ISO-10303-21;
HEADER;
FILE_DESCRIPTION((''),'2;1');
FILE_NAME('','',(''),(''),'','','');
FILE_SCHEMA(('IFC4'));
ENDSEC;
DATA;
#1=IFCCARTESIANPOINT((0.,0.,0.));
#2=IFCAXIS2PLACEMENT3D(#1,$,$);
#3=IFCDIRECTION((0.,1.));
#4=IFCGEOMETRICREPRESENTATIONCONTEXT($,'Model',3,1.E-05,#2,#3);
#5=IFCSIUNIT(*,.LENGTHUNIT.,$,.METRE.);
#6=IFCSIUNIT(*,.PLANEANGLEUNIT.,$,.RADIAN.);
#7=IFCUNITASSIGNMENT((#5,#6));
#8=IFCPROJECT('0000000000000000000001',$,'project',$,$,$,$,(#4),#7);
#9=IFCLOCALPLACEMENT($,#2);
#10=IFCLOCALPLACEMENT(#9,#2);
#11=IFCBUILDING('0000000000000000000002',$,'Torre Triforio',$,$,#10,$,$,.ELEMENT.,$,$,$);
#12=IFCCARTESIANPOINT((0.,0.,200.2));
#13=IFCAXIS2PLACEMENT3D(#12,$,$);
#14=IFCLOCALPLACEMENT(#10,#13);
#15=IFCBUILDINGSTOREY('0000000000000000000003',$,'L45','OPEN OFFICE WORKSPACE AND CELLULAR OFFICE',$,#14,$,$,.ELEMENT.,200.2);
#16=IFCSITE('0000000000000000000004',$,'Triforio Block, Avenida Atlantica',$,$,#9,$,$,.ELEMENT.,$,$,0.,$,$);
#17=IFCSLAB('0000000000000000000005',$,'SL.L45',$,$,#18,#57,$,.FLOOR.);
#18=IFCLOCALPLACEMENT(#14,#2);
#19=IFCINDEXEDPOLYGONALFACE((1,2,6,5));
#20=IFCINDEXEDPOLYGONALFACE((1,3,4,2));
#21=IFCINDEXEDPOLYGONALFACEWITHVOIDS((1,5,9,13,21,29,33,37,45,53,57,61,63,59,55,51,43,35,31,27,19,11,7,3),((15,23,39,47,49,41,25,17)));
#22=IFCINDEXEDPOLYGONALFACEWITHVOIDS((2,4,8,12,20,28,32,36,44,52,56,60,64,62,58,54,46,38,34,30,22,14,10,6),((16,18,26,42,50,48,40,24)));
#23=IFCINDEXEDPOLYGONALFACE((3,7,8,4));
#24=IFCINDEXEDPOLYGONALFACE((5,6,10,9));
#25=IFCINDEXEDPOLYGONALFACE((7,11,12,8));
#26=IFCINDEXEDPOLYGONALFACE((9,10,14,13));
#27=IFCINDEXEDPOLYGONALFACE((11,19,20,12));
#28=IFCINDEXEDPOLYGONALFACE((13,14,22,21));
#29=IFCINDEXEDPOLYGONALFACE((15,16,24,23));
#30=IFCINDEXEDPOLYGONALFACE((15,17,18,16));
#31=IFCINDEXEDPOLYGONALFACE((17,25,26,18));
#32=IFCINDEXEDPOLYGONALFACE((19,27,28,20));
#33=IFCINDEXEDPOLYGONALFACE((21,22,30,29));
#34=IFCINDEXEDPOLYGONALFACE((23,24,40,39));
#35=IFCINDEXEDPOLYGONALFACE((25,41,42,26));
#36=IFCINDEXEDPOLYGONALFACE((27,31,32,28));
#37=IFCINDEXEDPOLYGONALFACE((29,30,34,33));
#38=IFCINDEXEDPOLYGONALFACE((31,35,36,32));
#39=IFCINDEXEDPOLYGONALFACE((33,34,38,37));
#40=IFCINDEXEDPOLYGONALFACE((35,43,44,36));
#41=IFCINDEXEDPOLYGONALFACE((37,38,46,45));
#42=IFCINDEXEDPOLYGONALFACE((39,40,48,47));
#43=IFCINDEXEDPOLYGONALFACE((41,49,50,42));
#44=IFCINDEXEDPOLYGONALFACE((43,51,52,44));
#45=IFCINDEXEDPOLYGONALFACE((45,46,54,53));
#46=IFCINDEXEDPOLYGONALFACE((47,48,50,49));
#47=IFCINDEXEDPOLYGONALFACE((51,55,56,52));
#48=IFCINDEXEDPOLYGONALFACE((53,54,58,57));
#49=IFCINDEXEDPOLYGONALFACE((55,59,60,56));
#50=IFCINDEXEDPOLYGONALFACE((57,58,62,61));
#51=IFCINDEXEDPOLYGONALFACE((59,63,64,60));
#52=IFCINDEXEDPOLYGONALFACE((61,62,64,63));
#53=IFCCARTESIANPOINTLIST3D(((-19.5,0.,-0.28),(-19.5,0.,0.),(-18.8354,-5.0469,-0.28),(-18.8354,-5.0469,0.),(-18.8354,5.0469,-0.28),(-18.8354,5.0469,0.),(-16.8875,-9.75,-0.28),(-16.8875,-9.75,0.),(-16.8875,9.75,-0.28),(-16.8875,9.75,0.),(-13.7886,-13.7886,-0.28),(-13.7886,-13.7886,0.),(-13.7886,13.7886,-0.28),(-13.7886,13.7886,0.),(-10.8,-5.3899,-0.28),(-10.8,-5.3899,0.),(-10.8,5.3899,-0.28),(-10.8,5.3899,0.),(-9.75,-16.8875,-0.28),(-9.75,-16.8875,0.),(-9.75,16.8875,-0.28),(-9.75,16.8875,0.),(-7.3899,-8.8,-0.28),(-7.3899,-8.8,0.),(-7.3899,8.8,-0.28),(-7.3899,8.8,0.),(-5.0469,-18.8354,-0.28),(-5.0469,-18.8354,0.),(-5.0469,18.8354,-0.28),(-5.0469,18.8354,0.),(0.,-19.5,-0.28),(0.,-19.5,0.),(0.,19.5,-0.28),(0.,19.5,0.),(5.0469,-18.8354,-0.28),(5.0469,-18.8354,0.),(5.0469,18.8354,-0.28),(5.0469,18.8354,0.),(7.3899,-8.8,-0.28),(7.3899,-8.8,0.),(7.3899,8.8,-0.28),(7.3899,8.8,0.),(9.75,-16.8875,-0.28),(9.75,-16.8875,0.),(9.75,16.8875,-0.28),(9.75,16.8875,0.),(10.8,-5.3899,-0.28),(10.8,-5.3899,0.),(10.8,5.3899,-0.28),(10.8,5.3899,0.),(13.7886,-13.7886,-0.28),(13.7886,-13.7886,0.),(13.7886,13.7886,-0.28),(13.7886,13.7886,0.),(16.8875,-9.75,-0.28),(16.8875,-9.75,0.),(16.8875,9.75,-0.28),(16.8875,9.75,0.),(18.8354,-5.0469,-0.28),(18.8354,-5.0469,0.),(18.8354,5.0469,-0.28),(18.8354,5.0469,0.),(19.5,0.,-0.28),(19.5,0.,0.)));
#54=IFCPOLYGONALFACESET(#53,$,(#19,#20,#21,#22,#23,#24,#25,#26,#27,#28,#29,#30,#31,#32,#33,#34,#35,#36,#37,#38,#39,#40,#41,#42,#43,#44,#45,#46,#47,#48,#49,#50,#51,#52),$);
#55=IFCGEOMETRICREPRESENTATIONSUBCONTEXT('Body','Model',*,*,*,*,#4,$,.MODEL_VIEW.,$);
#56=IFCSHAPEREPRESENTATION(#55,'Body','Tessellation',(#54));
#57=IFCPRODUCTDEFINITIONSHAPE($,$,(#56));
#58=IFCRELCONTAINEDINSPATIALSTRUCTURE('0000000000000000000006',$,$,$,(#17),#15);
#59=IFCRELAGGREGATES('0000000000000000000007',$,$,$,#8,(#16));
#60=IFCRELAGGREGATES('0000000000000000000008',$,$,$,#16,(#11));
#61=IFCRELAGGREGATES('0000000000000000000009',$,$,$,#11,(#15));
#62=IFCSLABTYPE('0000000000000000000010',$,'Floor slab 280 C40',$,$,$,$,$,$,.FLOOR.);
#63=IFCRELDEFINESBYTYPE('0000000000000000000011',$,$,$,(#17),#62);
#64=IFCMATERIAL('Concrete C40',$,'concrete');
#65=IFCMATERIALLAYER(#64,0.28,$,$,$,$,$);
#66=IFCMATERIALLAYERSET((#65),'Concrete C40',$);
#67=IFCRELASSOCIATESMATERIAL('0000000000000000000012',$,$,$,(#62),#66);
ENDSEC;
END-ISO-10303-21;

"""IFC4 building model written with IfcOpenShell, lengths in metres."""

from ifc_helpers import new_model, si_unit, direction, frame, origin, place, context, subcontext, project, spatial, polyline, outline, extrude, material, layer, layer_set, type_object, element, save


model = new_model("IFC4")

# Units and contexts
model_context = context("Model", 3, precision=1e-05, world=origin(), true_north=direction((0.0, 1.0)))
body_context = subcontext(model_context, "Body", "Model", "MODEL_VIEW")
ifc_project = project(units=[si_unit("LENGTHUNIT", "METRE"), si_unit("PLANEANGLEUNIT", "RADIAN")], contexts=[model_context])

# Site, building, storey
site_placement = place(None, origin())
site = spatial("IfcSite", under=ifc_project, at=site_placement, Name="Triforio Block, Avenida Atlantica", CompositionType="ELEMENT", RefElevation=0.0)
building_placement = place(site_placement, origin())
building = spatial("IfcBuilding", under=site, at=building_placement, Name="Torre Triforio", CompositionType="ELEMENT")
storey_placement = place(building_placement, frame((0.0, 0.0, 200.2)))
storey = spatial("IfcBuildingStorey", under=building, at=storey_placement, Name="L45", Description="OPEN OFFICE WORKSPACE AND CELLULAR OFFICE", CompositionType="ELEMENT", Elevation=200.2)

# Slab
ifc_material_1 = material(Name="Concrete C40", Category="concrete")
ifc_layer_1 = layer(ifc_material_1, 0.28)
ifc_layer_set_1 = layer_set([ifc_layer_1], Name="Concrete C40")
slab_type_1 = type_object("IfcSlabType", Name="Floor slab 280 C40", PredefinedType="FLOOR", material=ifc_layer_set_1)
slab_1_placement = place(storey_placement, frame((0.0, 0.0, -0.28)))
element("IfcSlab", 1, at=slab_1_placement, inside=storey, type_object=slab_type_1, Name="SL.L45", PredefinedType="FLOOR", context=body_context, shape_type="SweptSolid", body=[
    extrude(outline(polyline([(16.8875, -9.75), (18.8354, -5.0469), (19.5, 0.0), (18.8354, 5.0469), (16.8875, 9.75), (13.7886, 13.7886), (9.75, 16.8875), (5.0469, 18.8354), (0.0, 19.5), (-5.0469, 18.8354), (-9.75, 16.8875), (-13.7886, 13.7886), (-16.8875, 9.75), (-18.8354, 5.0469), (-19.5, 0.0), (-18.8354, -5.0469), (-16.8875, -9.75), (-13.7886, -13.7886), (-9.75, -16.8875), (-5.0469, -18.8354), (0.0, -19.5), (5.0469, -18.8354), (9.75, -16.8875), (13.7886, -13.7886), (16.8875, -9.75)]), holes=[polyline([(10.8, 5.3899), (10.8, -5.3899), (7.3899, -8.8), (-7.3899, -8.8), (-10.8, -5.3899), (-10.8, 5.3899), (-7.3899, 8.8), (7.3899, 8.8), (10.8, 5.3899)])]), origin(), (0.0, 0.0, 1.0), 0.28),
])

save(model, "model.ifc")
